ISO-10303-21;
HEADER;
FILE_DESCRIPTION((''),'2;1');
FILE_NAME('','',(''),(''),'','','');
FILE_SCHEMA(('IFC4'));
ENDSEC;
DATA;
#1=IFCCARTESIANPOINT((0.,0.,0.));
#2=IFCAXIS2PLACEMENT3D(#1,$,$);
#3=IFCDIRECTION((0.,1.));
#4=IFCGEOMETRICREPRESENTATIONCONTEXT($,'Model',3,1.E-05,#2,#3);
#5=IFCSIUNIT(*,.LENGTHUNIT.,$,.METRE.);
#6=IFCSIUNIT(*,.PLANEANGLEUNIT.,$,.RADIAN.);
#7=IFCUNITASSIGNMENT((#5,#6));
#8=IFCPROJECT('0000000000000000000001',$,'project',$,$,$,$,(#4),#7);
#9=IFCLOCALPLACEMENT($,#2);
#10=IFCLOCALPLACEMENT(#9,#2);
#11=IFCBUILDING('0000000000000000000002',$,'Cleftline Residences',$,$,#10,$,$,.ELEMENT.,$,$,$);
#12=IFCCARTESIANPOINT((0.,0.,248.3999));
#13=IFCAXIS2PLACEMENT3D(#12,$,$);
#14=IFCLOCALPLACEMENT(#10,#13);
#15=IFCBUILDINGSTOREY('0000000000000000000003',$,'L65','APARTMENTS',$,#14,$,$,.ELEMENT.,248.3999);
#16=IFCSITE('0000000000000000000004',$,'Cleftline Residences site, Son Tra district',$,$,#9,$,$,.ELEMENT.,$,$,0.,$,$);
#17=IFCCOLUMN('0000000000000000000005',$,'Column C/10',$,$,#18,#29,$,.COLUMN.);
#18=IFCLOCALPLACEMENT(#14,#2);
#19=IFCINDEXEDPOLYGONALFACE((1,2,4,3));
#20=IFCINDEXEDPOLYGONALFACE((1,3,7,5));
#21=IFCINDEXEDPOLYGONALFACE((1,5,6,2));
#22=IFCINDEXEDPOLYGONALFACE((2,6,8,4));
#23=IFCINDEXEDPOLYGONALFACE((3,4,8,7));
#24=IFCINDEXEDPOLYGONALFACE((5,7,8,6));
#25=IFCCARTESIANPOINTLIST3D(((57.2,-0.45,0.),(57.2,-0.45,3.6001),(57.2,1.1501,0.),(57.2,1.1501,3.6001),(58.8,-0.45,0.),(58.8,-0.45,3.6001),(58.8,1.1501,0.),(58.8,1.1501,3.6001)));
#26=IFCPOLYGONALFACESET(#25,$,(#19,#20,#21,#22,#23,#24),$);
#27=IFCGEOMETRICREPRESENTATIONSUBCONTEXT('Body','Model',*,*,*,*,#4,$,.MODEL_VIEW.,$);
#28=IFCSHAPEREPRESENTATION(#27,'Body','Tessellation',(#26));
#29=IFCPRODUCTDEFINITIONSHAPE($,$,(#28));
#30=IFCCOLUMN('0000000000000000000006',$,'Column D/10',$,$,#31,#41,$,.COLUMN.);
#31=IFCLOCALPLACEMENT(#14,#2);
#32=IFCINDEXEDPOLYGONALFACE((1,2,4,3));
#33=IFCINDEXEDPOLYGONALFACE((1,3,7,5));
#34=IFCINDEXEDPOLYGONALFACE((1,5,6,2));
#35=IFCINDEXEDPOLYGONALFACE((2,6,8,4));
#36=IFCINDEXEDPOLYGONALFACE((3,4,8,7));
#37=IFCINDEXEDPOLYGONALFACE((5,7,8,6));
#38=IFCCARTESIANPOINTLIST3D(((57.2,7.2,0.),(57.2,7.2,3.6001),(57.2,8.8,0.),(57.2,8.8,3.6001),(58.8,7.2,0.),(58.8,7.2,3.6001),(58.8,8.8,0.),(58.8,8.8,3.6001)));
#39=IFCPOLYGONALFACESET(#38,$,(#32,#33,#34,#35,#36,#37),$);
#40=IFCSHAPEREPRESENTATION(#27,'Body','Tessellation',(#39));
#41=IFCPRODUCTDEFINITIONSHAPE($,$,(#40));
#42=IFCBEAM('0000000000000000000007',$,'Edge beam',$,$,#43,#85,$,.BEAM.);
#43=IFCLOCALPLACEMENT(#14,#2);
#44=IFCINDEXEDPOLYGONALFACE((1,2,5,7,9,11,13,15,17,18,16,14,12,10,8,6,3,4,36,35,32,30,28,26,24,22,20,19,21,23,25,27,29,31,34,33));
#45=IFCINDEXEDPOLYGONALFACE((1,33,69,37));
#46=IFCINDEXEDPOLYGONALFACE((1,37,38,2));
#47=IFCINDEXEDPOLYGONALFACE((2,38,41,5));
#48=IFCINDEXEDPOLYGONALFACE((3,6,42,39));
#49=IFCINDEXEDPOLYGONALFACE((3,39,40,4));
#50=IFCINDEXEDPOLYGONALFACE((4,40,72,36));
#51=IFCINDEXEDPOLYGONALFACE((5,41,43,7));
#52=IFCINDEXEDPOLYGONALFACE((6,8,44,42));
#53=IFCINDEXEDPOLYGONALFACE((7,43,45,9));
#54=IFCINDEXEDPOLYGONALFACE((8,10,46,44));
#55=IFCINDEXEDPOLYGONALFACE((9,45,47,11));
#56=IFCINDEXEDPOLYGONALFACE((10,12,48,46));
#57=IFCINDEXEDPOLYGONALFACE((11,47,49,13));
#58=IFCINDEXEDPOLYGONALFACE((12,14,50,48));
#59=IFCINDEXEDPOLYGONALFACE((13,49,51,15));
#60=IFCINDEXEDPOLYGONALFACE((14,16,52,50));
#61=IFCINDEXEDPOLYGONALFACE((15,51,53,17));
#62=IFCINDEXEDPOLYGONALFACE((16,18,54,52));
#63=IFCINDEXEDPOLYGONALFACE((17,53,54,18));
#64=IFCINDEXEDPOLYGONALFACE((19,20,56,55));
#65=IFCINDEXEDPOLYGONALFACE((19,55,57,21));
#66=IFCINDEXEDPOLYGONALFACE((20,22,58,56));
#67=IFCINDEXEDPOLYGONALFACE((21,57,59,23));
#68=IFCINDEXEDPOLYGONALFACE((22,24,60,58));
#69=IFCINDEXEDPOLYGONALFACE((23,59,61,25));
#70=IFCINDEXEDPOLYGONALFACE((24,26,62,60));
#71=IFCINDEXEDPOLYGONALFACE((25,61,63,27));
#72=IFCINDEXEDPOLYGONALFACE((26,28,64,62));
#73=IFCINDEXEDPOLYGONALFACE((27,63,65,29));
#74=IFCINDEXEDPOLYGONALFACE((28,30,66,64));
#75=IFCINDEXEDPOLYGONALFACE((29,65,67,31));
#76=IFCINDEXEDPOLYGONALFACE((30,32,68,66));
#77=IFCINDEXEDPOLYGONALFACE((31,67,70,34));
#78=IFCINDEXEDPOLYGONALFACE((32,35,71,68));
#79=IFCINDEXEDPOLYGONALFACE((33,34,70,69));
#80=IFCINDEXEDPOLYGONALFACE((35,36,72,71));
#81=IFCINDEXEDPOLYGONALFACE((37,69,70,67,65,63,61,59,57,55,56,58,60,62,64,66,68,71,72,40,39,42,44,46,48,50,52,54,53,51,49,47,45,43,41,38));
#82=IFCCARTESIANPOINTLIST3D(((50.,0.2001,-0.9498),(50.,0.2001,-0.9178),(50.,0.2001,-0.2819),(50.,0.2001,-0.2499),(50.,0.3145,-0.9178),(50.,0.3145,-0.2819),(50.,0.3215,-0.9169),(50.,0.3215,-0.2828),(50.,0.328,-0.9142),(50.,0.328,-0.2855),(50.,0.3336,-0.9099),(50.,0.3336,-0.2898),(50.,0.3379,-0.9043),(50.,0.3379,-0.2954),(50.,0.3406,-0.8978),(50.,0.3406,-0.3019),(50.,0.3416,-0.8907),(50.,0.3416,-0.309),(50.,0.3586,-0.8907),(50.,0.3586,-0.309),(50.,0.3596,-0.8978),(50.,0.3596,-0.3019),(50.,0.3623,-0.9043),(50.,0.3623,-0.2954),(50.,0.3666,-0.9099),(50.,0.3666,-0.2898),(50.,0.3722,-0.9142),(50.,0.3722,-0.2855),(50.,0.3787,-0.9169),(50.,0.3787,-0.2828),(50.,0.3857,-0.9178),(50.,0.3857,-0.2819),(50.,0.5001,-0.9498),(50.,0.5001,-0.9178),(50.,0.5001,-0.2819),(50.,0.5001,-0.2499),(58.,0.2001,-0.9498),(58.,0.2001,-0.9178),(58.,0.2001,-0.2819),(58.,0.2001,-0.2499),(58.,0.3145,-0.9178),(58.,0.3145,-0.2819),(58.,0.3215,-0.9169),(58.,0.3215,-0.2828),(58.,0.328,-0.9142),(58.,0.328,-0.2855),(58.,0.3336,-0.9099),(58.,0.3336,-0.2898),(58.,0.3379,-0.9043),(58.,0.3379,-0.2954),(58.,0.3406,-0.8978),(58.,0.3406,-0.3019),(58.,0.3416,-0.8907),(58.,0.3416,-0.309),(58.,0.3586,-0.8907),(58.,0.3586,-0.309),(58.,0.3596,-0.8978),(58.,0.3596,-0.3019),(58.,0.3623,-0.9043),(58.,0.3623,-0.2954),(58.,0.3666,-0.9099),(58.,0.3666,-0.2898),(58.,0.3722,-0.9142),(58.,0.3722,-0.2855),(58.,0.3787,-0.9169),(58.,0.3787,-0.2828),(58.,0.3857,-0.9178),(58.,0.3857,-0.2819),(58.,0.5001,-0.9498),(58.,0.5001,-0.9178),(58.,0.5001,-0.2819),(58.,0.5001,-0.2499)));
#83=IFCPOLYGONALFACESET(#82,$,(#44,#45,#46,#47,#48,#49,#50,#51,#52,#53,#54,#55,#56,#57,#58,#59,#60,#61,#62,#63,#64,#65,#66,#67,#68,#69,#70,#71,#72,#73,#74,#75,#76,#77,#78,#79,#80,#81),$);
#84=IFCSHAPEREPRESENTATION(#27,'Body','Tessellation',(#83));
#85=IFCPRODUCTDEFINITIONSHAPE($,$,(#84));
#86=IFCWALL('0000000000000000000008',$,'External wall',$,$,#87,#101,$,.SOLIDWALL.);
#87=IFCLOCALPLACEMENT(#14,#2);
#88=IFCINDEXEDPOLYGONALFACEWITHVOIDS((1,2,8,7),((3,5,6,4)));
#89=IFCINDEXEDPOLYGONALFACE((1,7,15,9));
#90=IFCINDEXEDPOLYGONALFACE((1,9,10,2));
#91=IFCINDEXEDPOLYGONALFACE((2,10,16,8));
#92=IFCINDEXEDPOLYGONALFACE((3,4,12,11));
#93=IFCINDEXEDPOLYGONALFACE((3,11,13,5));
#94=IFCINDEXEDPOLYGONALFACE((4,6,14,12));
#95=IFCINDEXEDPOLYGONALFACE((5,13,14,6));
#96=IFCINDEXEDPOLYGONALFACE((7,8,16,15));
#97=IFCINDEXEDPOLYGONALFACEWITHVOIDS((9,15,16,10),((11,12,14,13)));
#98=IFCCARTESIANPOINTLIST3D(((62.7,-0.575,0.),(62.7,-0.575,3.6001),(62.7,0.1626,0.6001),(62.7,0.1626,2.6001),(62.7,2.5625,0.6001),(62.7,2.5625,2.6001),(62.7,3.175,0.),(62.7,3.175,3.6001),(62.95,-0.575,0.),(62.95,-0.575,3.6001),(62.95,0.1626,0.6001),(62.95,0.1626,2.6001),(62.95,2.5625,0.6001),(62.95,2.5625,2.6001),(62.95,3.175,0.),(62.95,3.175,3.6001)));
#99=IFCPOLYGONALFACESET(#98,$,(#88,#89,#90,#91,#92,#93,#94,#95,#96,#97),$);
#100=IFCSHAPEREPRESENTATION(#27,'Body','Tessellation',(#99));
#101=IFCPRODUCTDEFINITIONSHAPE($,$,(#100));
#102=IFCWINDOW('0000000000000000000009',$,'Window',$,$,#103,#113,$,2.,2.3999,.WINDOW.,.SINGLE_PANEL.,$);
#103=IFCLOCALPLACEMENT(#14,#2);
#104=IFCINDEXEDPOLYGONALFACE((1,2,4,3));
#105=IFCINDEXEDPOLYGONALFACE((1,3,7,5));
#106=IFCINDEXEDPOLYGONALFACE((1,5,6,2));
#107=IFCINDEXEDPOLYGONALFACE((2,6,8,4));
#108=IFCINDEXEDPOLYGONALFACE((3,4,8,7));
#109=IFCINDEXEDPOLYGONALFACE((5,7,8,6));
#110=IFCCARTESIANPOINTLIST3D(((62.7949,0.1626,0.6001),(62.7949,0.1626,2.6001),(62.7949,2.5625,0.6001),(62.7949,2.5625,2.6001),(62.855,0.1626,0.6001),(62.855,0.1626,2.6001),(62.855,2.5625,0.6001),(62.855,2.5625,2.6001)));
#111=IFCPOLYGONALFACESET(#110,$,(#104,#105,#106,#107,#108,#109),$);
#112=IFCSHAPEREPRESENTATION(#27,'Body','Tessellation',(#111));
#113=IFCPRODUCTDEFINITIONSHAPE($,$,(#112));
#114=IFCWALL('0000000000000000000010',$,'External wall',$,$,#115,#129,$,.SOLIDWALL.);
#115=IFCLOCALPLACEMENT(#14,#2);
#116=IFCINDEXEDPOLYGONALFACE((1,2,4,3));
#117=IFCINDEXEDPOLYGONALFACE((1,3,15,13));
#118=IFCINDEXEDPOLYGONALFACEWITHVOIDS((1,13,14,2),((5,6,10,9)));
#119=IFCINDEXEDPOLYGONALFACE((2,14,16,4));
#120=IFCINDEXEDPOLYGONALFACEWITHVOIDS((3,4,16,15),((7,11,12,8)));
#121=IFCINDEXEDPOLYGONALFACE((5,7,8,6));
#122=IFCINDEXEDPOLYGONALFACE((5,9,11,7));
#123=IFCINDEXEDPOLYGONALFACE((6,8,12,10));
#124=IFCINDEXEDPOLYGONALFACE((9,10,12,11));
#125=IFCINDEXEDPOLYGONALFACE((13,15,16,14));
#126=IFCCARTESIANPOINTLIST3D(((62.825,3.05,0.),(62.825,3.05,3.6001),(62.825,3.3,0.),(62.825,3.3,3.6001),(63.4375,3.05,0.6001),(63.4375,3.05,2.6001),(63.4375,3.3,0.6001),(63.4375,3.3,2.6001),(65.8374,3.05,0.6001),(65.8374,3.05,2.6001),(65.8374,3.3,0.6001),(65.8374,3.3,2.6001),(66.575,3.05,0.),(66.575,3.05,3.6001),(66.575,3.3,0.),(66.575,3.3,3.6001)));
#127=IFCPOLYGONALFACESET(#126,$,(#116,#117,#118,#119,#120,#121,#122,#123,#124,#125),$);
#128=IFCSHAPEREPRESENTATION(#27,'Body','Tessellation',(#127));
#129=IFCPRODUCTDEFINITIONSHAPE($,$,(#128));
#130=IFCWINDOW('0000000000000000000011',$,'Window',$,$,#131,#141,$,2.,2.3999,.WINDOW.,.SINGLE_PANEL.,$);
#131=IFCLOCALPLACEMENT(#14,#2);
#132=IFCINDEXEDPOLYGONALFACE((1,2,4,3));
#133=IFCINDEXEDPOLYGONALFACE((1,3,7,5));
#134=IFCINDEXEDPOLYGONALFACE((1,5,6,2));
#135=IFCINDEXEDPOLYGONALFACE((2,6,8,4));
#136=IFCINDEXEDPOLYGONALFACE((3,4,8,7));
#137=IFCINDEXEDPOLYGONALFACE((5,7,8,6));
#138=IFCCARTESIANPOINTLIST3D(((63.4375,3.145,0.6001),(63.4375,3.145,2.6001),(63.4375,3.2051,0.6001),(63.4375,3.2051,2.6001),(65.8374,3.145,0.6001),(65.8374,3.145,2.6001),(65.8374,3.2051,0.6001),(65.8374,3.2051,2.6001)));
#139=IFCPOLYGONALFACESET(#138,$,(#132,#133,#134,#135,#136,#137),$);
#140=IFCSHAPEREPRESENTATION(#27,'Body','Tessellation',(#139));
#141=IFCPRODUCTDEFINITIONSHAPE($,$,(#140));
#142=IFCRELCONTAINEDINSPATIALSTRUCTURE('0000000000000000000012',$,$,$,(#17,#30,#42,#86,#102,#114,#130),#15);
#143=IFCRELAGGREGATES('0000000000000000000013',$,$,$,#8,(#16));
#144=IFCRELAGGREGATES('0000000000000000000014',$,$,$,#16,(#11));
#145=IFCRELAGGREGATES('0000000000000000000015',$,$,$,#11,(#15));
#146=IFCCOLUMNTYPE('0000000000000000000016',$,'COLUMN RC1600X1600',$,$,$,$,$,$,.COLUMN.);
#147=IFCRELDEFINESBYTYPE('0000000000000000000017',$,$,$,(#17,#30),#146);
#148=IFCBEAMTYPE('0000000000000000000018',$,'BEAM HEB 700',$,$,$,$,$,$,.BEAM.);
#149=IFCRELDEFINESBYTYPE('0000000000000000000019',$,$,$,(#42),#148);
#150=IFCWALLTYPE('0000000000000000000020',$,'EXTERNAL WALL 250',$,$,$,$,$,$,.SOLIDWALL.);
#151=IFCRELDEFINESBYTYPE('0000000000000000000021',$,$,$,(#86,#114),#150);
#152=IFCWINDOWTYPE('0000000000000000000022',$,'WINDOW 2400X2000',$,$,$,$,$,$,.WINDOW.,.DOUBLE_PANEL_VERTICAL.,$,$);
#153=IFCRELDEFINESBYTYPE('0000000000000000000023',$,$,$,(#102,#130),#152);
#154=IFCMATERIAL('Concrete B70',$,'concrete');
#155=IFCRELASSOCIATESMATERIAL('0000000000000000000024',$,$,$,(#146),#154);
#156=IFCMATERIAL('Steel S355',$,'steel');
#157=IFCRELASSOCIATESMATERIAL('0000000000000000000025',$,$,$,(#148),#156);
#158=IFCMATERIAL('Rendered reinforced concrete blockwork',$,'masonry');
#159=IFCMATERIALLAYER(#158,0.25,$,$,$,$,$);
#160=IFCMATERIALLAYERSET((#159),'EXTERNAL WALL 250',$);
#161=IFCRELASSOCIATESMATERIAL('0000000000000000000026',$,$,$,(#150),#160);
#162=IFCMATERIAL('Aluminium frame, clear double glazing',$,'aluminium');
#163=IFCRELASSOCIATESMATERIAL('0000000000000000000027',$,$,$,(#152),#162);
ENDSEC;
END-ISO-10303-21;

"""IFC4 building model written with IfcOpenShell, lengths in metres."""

from ifc_helpers import new_model, si_unit, direction, frame, frame_2d, origin, origin_2d, place, context, subcontext, project, spatial, rectangle, i_section, extrude, material, layer, layer_set, material_profile, profile_set, type_object, element, fill, save


model = new_model("IFC4")

# Units and contexts
model_context = context("Model", 3, precision=1e-05, world=origin(), true_north=direction((0.0, 1.0)))
body_context = subcontext(model_context, "Body", "Model", "MODEL_VIEW")
ifc_project = project(units=[si_unit("LENGTHUNIT", "METRE"), si_unit("PLANEANGLEUNIT", "RADIAN")], contexts=[model_context])

# Site, building, storey
site_placement = place(None, origin())
site = spatial("IfcSite", under=ifc_project, at=site_placement, Name="Cleftline Residences site, Son Tra district", CompositionType="ELEMENT", RefElevation=0.0)
building_placement = place(site_placement, origin())
building = spatial("IfcBuilding", under=site, at=building_placement, Name="Cleftline Residences", CompositionType="ELEMENT")
storey_placement = place(building_placement, frame((0.0, 0.0, 248.3999)))
storey = spatial("IfcBuildingStorey", under=building, at=storey_placement, Name="L65", Description="APARTMENTS", CompositionType="ELEMENT", Elevation=248.3999)

# Columns
ifc_material_1 = material(Name="Concrete B70", Category="concrete")
ifc_material_profile_1 = material_profile(ifc_material_1, rectangle(XDim=1.6001, YDim=1.6001, at=origin_2d()))
ifc_profile_set_1 = profile_set([ifc_material_profile_1], Name="Concrete B70")
column_type = type_object("IfcColumnType", Name="COLUMN RC1600X1600", PredefinedType="COLUMN", material=ifc_profile_set_1)
for number, where, z_axis, x_axis, name in (
    (1, (58.0, 0.3501, 0.0), (0.0, 0.0, 1.0), (1.0, 0.0, 0.0), "Column C/10"),
    (2, (58.0, 8.0, 0.0), (0.0, 0.0, 1.0), (1.0, 0.0, 0.0), "Column D/10"),
):
    element("IfcColumn", number, at=place(storey_placement, frame(where, z_axis=z_axis, x_axis=x_axis)), inside=storey, type_object=column_type, Name=name, PredefinedType="COLUMN", context=body_context, shape_type="SweptSolid", body=[
        extrude(rectangle(XDim=1.6001, YDim=1.6001, at=origin_2d()), origin(), (0.0, 0.0, 1.0), 3.6001),
    ])

# Beam
ifc_material_2 = material(Name="Steel S355", Category="steel")
ifc_material_profile_2 = material_profile(ifc_material_2, i_section(OverallWidth=0.3, OverallDepth=0.7, WebThickness=0.0171, FlangeThickness=0.032, FilletRadius=0.0271, at=origin_2d()))
ifc_profile_set_2 = profile_set([ifc_material_profile_2], Name="Steel S355")
beam_type = type_object("IfcBeamType", Name="BEAM HEB 700", PredefinedType="BEAM", material=ifc_profile_set_2)
beam_placement = place(storey_placement, frame((58.0, 0.3501, -0.5999), z_axis=(-1.0, 0.0, 0.0), x_axis=(0.0, -1.0, 0.0)))
element("IfcBeam", 3, at=beam_placement, inside=storey, type_object=beam_type, Name="Edge beam", PredefinedType="BEAM", context=body_context, shape_type="SweptSolid", body=[
    extrude(i_section(OverallWidth=0.3, OverallDepth=0.7, WebThickness=0.0171, FlangeThickness=0.032, FilletRadius=0.0271, at=origin_2d()), origin(), (0.0, 0.0, 1.0), 8.0),
])

# Walls, openings, windows
ifc_material_3 = material(Name="Rendered reinforced concrete blockwork", Category="masonry")
ifc_layer_1 = layer(ifc_material_3, 0.25)
ifc_layer_set_1 = layer_set([ifc_layer_1], Name="EXTERNAL WALL 250")
wall_type_1 = type_object("IfcWallType", Name="EXTERNAL WALL 250", PredefinedType="SOLIDWALL", material=ifc_layer_set_1)
wall_1_placement = place(storey_placement, frame((62.825, -0.575, 0.0), z_axis=(0.0, 0.0, 1.0), x_axis=(0.0, 1.0, 0.0)))
wall_1 = element("IfcWall", 4, at=wall_1_placement, inside=storey, type_object=wall_type_1, Name="External wall", PredefinedType="SOLIDWALL", context=body_context, shape_type="SweptSolid", body=[
    extrude(rectangle(XDim=3.75, YDim=0.25, at=frame_2d((1.875, 0.0))), origin(), (0.0, 0.0, 1.0), 3.6001),
])
opening_1_placement = place(wall_1_placement, frame((0.7375, 0.0, 0.6001)))
opening_1 = element("IfcOpeningElement", 5, at=opening_1_placement, cuts=wall_1, PredefinedType="OPENING", context=body_context, shape_type="SweptSolid", body=[
    extrude(rectangle(XDim=2.3999, YDim=2.0, at=frame_2d((1.2, 1.0))), frame((0.0, 0.135, 0.0), z_axis=(0.0, -1.0, 0.0), x_axis=(1.0, 0.0, 0.0)), (0.0, 0.0, 1.0), 0.27),
])
ifc_material_4 = material(Name="Aluminium frame, clear double glazing", Category="aluminium")
window_type = type_object("IfcWindowType", Name="WINDOW 2400X2000", PartitioningType="DOUBLE_PANEL_VERTICAL", PredefinedType="WINDOW", material=ifc_material_4)
window_1_placement = place(opening_1_placement, origin())
window_1 = element("IfcWindow", 6, at=window_1_placement, inside=storey, type_object=window_type, Name="Window", OverallHeight=2.0, OverallWidth=2.3999, PartitioningType="SINGLE_PANEL", PredefinedType="WINDOW", context=body_context, shape_type="SweptSolid", body=[
    extrude(rectangle(XDim=2.3999, YDim=2.0, at=frame_2d((1.2, 1.0))), frame((0.0, 0.03, 0.0), z_axis=(0.0, -1.0, 0.0), x_axis=(1.0, 0.0, 0.0)), (0.0, 0.0, 1.0), 0.0601),
])
fill(opening_1, window_1)
wall_2_placement = place(storey_placement, frame((62.825, 3.175, 0.0), z_axis=(0.0, 0.0, 1.0), x_axis=(1.0, 0.0, 0.0)))
wall_2 = element("IfcWall", 7, at=wall_2_placement, inside=storey, type_object=wall_type_1, Name="External wall", PredefinedType="SOLIDWALL", context=body_context, shape_type="SweptSolid", body=[
    extrude(rectangle(XDim=3.75, YDim=0.25, at=frame_2d((1.875, 0.0))), origin(), (0.0, 0.0, 1.0), 3.6001),
])
opening_2_placement = place(wall_2_placement, frame((0.6125, 0.0, 0.6001)))
opening_2 = element("IfcOpeningElement", 8, at=opening_2_placement, cuts=wall_2, PredefinedType="OPENING", context=body_context, shape_type="SweptSolid", body=[
    extrude(rectangle(XDim=2.3999, YDim=2.0, at=frame_2d((1.2, 1.0))), frame((0.0, 0.135, 0.0), z_axis=(0.0, -1.0, 0.0), x_axis=(1.0, 0.0, 0.0)), (0.0, 0.0, 1.0), 0.27),
])
window_2_placement = place(opening_2_placement, origin())
window_2 = element("IfcWindow", 9, at=window_2_placement, inside=storey, type_object=window_type, Name="Window", OverallHeight=2.0, OverallWidth=2.3999, PartitioningType="SINGLE_PANEL", PredefinedType="WINDOW", context=body_context, shape_type="SweptSolid", body=[
    extrude(rectangle(XDim=2.3999, YDim=2.0, at=frame_2d((1.2, 1.0))), frame((0.0, 0.03, 0.0), z_axis=(0.0, -1.0, 0.0), x_axis=(1.0, 0.0, 0.0)), (0.0, 0.0, 1.0), 0.0601),
])
fill(opening_2, window_2)

save(model, "model.ifc")
